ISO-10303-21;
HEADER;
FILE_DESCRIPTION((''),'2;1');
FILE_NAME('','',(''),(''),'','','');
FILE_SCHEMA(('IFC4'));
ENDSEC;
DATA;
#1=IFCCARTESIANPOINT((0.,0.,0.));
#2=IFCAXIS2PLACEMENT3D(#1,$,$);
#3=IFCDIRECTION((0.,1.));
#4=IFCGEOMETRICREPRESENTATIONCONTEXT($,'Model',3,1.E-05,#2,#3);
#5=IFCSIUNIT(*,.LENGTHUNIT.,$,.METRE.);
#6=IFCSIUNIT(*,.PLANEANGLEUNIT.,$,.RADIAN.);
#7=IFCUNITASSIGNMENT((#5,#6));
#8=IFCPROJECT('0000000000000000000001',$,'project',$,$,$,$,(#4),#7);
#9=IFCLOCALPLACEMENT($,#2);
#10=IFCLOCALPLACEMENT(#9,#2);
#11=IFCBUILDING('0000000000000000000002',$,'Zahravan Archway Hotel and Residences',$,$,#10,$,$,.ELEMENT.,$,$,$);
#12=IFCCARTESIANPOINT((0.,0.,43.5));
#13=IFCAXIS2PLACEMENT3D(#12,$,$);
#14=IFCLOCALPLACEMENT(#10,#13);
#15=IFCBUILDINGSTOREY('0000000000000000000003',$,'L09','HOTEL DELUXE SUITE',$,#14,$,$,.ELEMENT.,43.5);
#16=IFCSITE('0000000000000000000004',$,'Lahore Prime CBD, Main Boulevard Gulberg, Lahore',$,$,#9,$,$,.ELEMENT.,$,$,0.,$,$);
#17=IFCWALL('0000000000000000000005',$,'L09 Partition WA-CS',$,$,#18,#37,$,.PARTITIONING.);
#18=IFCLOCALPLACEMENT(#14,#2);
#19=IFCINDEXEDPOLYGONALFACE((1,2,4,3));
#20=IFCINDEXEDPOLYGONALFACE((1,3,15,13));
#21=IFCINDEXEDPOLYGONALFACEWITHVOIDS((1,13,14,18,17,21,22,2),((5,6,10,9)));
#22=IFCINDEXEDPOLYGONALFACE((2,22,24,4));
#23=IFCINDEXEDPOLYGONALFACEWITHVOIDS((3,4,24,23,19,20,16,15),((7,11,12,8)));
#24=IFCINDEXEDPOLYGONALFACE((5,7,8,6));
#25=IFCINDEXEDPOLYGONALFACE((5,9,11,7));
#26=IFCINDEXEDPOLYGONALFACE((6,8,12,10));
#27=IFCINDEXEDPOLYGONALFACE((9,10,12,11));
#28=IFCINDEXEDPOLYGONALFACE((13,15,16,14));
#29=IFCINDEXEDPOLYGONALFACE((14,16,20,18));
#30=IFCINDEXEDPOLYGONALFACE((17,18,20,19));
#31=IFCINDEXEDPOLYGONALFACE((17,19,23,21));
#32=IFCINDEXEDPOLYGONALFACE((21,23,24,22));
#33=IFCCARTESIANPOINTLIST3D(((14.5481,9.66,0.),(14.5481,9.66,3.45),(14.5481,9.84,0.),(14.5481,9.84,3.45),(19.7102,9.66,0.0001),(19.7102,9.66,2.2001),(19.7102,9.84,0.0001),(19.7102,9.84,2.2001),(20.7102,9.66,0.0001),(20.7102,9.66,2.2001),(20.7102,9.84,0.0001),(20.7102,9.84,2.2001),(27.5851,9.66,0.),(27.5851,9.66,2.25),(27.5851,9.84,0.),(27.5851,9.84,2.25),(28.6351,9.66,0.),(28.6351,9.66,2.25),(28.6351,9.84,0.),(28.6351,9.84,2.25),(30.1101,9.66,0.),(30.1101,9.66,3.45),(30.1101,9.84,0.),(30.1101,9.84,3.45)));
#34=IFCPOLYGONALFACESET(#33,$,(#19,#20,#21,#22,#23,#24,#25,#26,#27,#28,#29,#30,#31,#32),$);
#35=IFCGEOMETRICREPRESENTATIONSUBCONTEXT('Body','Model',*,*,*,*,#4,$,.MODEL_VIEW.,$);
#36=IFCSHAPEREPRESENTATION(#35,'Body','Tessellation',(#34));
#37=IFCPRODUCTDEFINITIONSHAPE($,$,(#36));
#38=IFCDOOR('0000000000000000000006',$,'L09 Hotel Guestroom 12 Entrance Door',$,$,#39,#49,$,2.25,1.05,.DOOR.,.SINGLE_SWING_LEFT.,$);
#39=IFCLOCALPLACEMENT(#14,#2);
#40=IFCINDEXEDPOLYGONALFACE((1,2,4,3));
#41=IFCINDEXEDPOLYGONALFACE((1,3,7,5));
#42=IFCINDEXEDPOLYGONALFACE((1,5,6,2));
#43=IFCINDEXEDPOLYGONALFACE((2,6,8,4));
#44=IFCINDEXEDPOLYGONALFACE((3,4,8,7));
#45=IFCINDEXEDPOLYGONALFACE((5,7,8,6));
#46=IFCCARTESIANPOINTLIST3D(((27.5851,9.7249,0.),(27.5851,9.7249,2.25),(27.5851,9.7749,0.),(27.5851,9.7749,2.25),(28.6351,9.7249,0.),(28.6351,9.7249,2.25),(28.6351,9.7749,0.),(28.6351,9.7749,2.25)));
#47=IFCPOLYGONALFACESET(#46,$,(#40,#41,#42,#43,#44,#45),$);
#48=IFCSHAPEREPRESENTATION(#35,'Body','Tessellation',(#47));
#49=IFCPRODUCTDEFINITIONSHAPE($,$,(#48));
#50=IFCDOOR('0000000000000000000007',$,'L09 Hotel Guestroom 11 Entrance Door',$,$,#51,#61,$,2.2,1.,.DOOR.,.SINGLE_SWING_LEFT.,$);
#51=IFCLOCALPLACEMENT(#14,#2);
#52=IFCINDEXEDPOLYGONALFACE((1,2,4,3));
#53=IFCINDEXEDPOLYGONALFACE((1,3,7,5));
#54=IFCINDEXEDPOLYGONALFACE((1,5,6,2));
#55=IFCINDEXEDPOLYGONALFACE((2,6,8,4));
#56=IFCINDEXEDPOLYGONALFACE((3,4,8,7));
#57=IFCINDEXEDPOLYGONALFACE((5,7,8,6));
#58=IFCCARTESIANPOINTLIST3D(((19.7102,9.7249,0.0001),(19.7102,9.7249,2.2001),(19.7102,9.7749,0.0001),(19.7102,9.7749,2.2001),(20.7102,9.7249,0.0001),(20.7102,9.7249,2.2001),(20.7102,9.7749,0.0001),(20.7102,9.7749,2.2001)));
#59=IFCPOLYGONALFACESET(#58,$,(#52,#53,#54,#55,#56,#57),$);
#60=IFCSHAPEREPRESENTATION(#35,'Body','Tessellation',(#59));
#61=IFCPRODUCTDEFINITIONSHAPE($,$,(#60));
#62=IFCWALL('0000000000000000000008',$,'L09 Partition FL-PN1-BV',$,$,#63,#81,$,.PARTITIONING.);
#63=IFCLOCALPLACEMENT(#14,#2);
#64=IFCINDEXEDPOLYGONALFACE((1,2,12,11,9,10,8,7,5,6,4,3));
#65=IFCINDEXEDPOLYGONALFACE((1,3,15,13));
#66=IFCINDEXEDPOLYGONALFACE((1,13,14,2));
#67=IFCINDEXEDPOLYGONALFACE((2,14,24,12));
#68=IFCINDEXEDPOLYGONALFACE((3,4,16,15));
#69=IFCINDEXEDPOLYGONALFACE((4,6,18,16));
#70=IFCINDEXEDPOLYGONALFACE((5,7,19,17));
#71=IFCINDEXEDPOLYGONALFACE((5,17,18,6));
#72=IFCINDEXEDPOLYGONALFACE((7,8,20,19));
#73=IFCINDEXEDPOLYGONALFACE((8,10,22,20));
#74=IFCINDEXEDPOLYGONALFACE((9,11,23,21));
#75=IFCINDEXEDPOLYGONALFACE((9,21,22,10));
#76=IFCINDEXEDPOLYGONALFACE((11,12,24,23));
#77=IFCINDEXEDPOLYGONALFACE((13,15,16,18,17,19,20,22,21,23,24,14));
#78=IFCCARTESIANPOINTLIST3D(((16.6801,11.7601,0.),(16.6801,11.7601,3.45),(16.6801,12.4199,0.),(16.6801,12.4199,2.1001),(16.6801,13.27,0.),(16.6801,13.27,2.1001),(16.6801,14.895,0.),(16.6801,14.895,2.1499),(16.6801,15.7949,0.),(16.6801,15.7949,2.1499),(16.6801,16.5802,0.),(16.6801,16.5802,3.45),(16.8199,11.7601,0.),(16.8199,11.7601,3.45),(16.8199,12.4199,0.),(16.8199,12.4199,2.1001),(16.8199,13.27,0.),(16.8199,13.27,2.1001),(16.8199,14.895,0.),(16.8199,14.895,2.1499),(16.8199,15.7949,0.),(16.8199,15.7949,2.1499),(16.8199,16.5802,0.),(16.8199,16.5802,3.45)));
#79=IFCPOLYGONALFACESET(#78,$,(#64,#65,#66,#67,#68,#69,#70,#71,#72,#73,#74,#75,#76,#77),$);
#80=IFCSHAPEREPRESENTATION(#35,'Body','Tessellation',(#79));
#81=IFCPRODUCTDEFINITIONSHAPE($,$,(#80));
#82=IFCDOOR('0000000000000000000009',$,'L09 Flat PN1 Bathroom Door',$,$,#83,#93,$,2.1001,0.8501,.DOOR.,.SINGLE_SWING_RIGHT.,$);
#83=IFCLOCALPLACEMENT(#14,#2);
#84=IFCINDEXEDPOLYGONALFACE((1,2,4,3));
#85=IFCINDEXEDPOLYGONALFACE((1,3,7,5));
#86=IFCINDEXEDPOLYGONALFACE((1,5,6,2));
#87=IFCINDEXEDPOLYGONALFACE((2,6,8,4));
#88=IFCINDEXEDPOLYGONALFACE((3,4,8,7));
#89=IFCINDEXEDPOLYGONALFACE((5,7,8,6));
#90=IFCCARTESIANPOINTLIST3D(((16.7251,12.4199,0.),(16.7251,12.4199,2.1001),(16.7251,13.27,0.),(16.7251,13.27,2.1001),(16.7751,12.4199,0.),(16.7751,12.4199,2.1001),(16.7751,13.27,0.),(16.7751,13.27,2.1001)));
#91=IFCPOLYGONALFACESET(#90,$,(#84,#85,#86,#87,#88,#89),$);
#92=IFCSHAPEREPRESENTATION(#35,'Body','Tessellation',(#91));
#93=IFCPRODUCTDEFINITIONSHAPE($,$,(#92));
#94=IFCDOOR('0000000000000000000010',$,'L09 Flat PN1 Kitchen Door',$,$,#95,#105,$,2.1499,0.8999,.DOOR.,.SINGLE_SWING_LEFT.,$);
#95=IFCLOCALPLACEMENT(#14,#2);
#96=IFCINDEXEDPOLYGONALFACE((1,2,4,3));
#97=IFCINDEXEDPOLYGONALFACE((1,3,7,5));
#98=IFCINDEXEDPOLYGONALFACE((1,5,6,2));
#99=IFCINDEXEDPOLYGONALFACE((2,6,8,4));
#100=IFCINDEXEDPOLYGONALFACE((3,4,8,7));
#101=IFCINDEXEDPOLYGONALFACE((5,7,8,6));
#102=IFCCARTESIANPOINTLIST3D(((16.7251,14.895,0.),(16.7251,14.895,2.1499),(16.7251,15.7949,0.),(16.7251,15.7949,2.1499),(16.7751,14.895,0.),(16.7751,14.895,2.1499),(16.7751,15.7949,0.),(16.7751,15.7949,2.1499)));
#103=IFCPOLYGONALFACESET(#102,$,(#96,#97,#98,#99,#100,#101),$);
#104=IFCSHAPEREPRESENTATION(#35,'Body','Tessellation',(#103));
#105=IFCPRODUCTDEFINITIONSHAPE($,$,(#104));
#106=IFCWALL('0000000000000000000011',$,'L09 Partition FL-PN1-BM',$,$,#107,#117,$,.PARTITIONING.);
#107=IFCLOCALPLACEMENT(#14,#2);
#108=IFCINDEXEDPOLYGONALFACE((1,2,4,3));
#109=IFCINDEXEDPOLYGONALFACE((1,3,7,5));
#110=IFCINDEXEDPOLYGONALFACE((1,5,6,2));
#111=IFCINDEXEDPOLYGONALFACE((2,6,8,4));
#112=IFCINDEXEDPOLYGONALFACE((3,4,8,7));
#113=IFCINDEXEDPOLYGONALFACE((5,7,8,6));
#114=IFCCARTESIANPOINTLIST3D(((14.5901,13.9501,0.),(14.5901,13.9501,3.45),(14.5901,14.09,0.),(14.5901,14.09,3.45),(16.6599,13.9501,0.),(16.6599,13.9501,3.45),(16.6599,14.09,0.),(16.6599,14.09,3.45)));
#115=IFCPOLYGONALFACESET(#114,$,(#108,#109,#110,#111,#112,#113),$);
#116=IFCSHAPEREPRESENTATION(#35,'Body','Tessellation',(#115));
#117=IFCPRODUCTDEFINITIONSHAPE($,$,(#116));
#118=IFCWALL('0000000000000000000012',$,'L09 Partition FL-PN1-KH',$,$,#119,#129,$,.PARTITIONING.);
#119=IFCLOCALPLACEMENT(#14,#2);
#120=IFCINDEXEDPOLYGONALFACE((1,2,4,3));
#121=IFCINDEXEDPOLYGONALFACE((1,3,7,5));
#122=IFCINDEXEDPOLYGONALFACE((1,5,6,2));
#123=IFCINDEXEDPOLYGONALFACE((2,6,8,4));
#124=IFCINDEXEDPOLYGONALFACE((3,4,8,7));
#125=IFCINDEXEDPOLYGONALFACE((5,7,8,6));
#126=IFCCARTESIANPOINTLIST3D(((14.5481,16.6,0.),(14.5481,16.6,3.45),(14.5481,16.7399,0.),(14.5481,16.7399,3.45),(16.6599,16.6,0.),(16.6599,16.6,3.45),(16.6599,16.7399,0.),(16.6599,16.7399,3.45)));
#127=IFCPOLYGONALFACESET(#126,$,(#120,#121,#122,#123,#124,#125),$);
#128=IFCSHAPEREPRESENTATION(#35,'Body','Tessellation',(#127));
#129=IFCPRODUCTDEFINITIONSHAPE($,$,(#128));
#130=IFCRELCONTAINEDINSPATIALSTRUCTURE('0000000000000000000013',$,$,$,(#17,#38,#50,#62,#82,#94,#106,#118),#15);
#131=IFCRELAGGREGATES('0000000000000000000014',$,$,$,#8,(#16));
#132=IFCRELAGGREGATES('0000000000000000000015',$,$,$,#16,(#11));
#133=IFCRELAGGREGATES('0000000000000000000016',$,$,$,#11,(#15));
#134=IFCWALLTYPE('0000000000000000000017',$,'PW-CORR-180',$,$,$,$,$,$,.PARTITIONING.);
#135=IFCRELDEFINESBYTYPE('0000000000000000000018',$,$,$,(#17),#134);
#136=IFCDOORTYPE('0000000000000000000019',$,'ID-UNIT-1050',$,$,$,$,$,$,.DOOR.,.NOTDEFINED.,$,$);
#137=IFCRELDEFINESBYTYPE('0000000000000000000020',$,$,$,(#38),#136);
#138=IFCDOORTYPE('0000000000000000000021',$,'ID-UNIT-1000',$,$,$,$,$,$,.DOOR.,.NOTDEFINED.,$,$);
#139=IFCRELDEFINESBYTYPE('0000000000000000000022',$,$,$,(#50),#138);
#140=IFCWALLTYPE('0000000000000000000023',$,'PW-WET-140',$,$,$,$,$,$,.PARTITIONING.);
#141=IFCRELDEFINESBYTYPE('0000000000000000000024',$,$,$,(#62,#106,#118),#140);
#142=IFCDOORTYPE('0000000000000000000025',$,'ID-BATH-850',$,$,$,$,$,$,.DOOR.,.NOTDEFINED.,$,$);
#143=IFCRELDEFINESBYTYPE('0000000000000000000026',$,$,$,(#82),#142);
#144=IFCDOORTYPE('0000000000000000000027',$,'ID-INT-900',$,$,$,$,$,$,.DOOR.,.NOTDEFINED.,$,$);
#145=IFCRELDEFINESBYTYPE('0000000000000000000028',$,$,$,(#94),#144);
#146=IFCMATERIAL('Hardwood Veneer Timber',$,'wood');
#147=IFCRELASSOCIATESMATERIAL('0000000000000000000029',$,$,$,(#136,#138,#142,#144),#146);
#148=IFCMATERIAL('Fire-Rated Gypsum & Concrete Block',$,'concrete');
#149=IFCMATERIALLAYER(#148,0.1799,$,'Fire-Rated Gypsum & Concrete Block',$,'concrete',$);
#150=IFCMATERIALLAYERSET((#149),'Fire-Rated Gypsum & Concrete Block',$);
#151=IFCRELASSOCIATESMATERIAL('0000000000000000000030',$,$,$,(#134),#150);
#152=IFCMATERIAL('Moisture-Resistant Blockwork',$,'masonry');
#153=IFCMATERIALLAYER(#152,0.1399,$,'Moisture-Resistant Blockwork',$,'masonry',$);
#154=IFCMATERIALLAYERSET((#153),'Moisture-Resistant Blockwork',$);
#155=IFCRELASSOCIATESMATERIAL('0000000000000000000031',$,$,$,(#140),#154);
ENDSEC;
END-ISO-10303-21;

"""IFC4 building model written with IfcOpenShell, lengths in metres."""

from ifc_helpers import new_model, si_unit, direction, frame, frame_2d, origin, place, context, subcontext, project, spatial, rectangle, extrude, source, transform, mapped, material, layer, layer_set, type_object, type_shapes, element, fill, save


model = new_model("IFC4")

# Units and contexts
model_context = context("Model", 3, precision=1e-05, world=origin(), true_north=direction((0.0, 1.0)))
body_context = subcontext(model_context, "Body", "Model", "MODEL_VIEW")
ifc_project = project(units=[si_unit("LENGTHUNIT", "METRE"), si_unit("PLANEANGLEUNIT", "RADIAN")], contexts=[model_context])

# Site, building, storey
site_placement = place(None, origin())
site = spatial("IfcSite", under=ifc_project, at=site_placement, Name="Lahore Prime CBD, Main Boulevard Gulberg, Lahore", CompositionType="ELEMENT", RefElevation=0.0)
building_placement = place(site_placement, origin())
building = spatial("IfcBuilding", under=site, at=building_placement, Name="Zahravan Archway Hotel and Residences", CompositionType="ELEMENT")
storey_placement = place(building_placement, frame((0.0, 0.0, 43.5)))
storey = spatial("IfcBuildingStorey", under=building, at=storey_placement, Name="L09", Description="HOTEL DELUXE SUITE", CompositionType="ELEMENT", Elevation=43.5)

# Walls, openings, doors
ifc_material_1 = material(Name="Fire-Rated Gypsum & Concrete Block", Category="concrete")
ifc_material_2 = material(Name="Hardwood Veneer Timber", Category="wood")
door_type_1 = type_object("IfcDoorType", Name="ID-UNIT-1050", OperationType="NOTDEFINED", PredefinedType="DOOR", material=ifc_material_2)
shared_shape_1 = source(origin(), body_context, "Body", "SweptSolid", [
    extrude(rectangle(XDim=1.05, YDim=2.25, at=frame_2d((0.5249, 1.125))), frame((0.0, 0.0249, 0.0), z_axis=(0.0, -1.0, 0.0), x_axis=(1.0, 0.0, 0.0)), (0.0, 0.0, 1.0), 0.05),
])
type_shapes(door_type_1, [shared_shape_1])
ifc_layer_1 = layer(ifc_material_1, 0.1799, Name="Fire-Rated Gypsum & Concrete Block", Category="concrete")
ifc_layer_set_1 = layer_set([ifc_layer_1], Name="Fire-Rated Gypsum & Concrete Block")
wall_type_1 = type_object("IfcWallType", Name="PW-CORR-180", PredefinedType="PARTITIONING", material=ifc_layer_set_1)
wall_1_placement = place(storey_placement, frame((14.5481, 9.75, 0.0), z_axis=(0.0, 0.0, 1.0), x_axis=(1.0, 0.0, 0.0)))
wall_1 = element("IfcWall", 1, at=wall_1_placement, inside=storey, type_object=wall_type_1, Name="L09 Partition WA-CS", PredefinedType="PARTITIONING", context=body_context, shape_type="SweptSolid", body=[
    extrude(rectangle(XDim=15.562, YDim=0.1799, at=frame_2d((7.781, 0.0))), origin(), (0.0, 0.0, 1.0), 3.45),
])
opening_1_placement = place(wall_1_placement, frame((5.1621, 0.0, 0.0)))
opening_1 = element("IfcOpeningElement", 2, at=opening_1_placement, cuts=wall_1, PredefinedType="OPENING", context=body_context, shape_type="SweptSolid", body=[
    extrude(rectangle(XDim=1.0, YDim=2.2, at=frame_2d((0.5, 1.1001))), frame((0.0, 0.1001, 0.0), z_axis=(0.0, -1.0, 0.0), x_axis=(1.0, 0.0, 0.0)), (0.0, 0.0, 1.0), 0.2),
])
opening_2_placement = place(wall_1_placement, frame((13.0371, 0.0, 0.0)))
opening_2 = element("IfcOpeningElement", 3, at=opening_2_placement, cuts=wall_1, PredefinedType="OPENING", context=body_context, shape_type="SweptSolid", body=[
    extrude(rectangle(XDim=1.05, YDim=2.25, at=frame_2d((0.5249, 1.125))), frame((0.0, 0.1001, 0.0), z_axis=(0.0, -1.0, 0.0), x_axis=(1.0, 0.0, 0.0)), (0.0, 0.0, 1.0), 0.2),
])
door_1_placement = place(opening_2_placement, origin())
door_1 = element("IfcDoor", 4, at=door_1_placement, inside=storey, type_object=door_type_1, Name="L09 Hotel Guestroom 12 Entrance Door", OperationType="SINGLE_SWING_LEFT", OverallHeight=2.25, OverallWidth=1.05, PredefinedType="DOOR", context=body_context, shape_type="MappedRepresentation", body=[
    mapped(shared_shape_1, transform((0.0, 0.0, 0.0), scale=1.0)),
])
fill(opening_2, door_1)
door_type_2 = type_object("IfcDoorType", Name="ID-UNIT-1000", OperationType="NOTDEFINED", PredefinedType="DOOR", material=ifc_material_2)
shared_shape_2 = source(origin(), body_context, "Body", "SweptSolid", [
    extrude(rectangle(XDim=1.0, YDim=2.2, at=frame_2d((0.5, 1.1001))), frame((0.0, 0.0249, 0.0), z_axis=(0.0, -1.0, 0.0), x_axis=(1.0, 0.0, 0.0)), (0.0, 0.0, 1.0), 0.05),
])
type_shapes(door_type_2, [shared_shape_2])
door_2_placement = place(opening_1_placement, origin())
door_2 = element("IfcDoor", 5, at=door_2_placement, inside=storey, type_object=door_type_2, Name="L09 Hotel Guestroom 11 Entrance Door", OperationType="SINGLE_SWING_LEFT", OverallHeight=2.2, OverallWidth=1.0, PredefinedType="DOOR", context=body_context, shape_type="MappedRepresentation", body=[
    mapped(shared_shape_2, transform((0.0, 0.0, 0.0), scale=1.0)),
])
fill(opening_1, door_2)
ifc_material_3 = material(Name="Moisture-Resistant Blockwork", Category="masonry")
ifc_layer_2 = layer(ifc_material_3, 0.1399, Name="Moisture-Resistant Blockwork", Category="masonry")
ifc_layer_set_2 = layer_set([ifc_layer_2], Name="Moisture-Resistant Blockwork")
wall_type_2 = type_object("IfcWallType", Name="PW-WET-140", PredefinedType="PARTITIONING", material=ifc_layer_set_2)
wall_2_placement = place(storey_placement, frame((16.75, 11.76, 0.0), z_axis=(0.0, 0.0, 1.0), x_axis=(0.0, 1.0, 0.0)))
wall_2 = element("IfcWall", 6, at=wall_2_placement, inside=storey, type_object=wall_type_2, Name="L09 Partition FL-PN1-BV", PredefinedType="PARTITIONING", context=body_context, shape_type="SweptSolid", body=[
    extrude(rectangle(XDim=4.8201, YDim=0.1399, at=frame_2d((2.4102, 0.0))), origin(), (0.0, 0.0, 1.0), 3.45),
])
opening_3_placement = place(wall_2_placement, frame((0.6599, 0.0, 0.0)))
opening_3 = element("IfcOpeningElement", 7, at=opening_3_placement, cuts=wall_2, PredefinedType="OPENING", context=body_context, shape_type="SweptSolid", body=[
    extrude(rectangle(XDim=0.8501, YDim=2.1001, at=frame_2d((0.425, 1.05))), frame((0.0, 0.0801, 0.0), z_axis=(0.0, -1.0, 0.0), x_axis=(1.0, 0.0, 0.0)), (0.0, 0.0, 1.0), 0.1599),
])
opening_4_placement = place(wall_2_placement, frame((3.135, 0.0, 0.0)))
opening_4 = element("IfcOpeningElement", 8, at=opening_4_placement, cuts=wall_2, PredefinedType="OPENING", context=body_context, shape_type="SweptSolid", body=[
    extrude(rectangle(XDim=0.8999, YDim=2.1499, at=frame_2d((0.45, 1.075))), frame((0.0, 0.0801, 0.0), z_axis=(0.0, -1.0, 0.0), x_axis=(1.0, 0.0, 0.0)), (0.0, 0.0, 1.0), 0.1599),
])
door_type_3 = type_object("IfcDoorType", Name="ID-BATH-850", OperationType="NOTDEFINED", PredefinedType="DOOR", material=ifc_material_2)
shared_shape_3 = source(origin(), body_context, "Body", "SweptSolid", [
    extrude(rectangle(XDim=0.8501, YDim=2.1001, at=frame_2d((0.425, 1.05))), frame((0.0, 0.0249, 0.0), z_axis=(0.0, -1.0, 0.0), x_axis=(1.0, 0.0, 0.0)), (0.0, 0.0, 1.0), 0.05),
])
type_shapes(door_type_3, [shared_shape_3])
door_3_placement = place(opening_3_placement, origin())
door_3 = element("IfcDoor", 9, at=door_3_placement, inside=storey, type_object=door_type_3, Name="L09 Flat PN1 Bathroom Door", OperationType="SINGLE_SWING_RIGHT", OverallHeight=2.1001, OverallWidth=0.8501, PredefinedType="DOOR", context=body_context, shape_type="MappedRepresentation", body=[
    mapped(shared_shape_3, transform((0.0, 0.0, 0.0), scale=1.0)),
])
fill(opening_3, door_3)
door_type_4 = type_object("IfcDoorType", Name="ID-INT-900", OperationType="NOTDEFINED", PredefinedType="DOOR", material=ifc_material_2)
shared_shape_4 = source(origin(), body_context, "Body", "SweptSolid", [
    extrude(rectangle(XDim=0.8999, YDim=2.1499, at=frame_2d((0.45, 1.075))), frame((0.0, 0.0249, 0.0), z_axis=(0.0, -1.0, 0.0), x_axis=(1.0, 0.0, 0.0)), (0.0, 0.0, 1.0), 0.05),
])
type_shapes(door_type_4, [shared_shape_4])
door_4_placement = place(opening_4_placement, origin())
door_4 = element("IfcDoor", 10, at=door_4_placement, inside=storey, type_object=door_type_4, Name="L09 Flat PN1 Kitchen Door", OperationType="SINGLE_SWING_LEFT", OverallHeight=2.1499, OverallWidth=0.8999, PredefinedType="DOOR", context=body_context, shape_type="MappedRepresentation", body=[
    mapped(shared_shape_4, transform((0.0, 0.0, 0.0), scale=1.0)),
])
fill(opening_4, door_4)

# Walls
wall_3_placement = place(storey_placement, frame((14.5901, 14.02, 0.0), z_axis=(0.0, 0.0, 1.0), x_axis=(1.0, 0.0, 0.0)))
element("IfcWall", 11, at=wall_3_placement, inside=storey, type_object=wall_type_2, Name="L09 Partition FL-PN1-BM", PredefinedType="PARTITIONING", context=body_context, shape_type="SweptSolid", body=[
    extrude(rectangle(XDim=2.0698, YDim=0.1399, at=frame_2d((1.0349, 0.0))), origin(), (0.0, 0.0, 1.0), 3.45),
])
wall_4_placement = place(storey_placement, frame((14.5481, 16.6699, 0.0), z_axis=(0.0, 0.0, 1.0), x_axis=(1.0, 0.0, 0.0)))
element("IfcWall", 12, at=wall_4_placement, inside=storey, type_object=wall_type_2, Name="L09 Partition FL-PN1-KH", PredefinedType="PARTITIONING", context=body_context, shape_type="SweptSolid", body=[
    extrude(rectangle(XDim=2.1118, YDim=0.1399, at=frame_2d((1.0559, 0.0))), origin(), (0.0, 0.0, 1.0), 3.45),
])

save(model, "model.ifc")
